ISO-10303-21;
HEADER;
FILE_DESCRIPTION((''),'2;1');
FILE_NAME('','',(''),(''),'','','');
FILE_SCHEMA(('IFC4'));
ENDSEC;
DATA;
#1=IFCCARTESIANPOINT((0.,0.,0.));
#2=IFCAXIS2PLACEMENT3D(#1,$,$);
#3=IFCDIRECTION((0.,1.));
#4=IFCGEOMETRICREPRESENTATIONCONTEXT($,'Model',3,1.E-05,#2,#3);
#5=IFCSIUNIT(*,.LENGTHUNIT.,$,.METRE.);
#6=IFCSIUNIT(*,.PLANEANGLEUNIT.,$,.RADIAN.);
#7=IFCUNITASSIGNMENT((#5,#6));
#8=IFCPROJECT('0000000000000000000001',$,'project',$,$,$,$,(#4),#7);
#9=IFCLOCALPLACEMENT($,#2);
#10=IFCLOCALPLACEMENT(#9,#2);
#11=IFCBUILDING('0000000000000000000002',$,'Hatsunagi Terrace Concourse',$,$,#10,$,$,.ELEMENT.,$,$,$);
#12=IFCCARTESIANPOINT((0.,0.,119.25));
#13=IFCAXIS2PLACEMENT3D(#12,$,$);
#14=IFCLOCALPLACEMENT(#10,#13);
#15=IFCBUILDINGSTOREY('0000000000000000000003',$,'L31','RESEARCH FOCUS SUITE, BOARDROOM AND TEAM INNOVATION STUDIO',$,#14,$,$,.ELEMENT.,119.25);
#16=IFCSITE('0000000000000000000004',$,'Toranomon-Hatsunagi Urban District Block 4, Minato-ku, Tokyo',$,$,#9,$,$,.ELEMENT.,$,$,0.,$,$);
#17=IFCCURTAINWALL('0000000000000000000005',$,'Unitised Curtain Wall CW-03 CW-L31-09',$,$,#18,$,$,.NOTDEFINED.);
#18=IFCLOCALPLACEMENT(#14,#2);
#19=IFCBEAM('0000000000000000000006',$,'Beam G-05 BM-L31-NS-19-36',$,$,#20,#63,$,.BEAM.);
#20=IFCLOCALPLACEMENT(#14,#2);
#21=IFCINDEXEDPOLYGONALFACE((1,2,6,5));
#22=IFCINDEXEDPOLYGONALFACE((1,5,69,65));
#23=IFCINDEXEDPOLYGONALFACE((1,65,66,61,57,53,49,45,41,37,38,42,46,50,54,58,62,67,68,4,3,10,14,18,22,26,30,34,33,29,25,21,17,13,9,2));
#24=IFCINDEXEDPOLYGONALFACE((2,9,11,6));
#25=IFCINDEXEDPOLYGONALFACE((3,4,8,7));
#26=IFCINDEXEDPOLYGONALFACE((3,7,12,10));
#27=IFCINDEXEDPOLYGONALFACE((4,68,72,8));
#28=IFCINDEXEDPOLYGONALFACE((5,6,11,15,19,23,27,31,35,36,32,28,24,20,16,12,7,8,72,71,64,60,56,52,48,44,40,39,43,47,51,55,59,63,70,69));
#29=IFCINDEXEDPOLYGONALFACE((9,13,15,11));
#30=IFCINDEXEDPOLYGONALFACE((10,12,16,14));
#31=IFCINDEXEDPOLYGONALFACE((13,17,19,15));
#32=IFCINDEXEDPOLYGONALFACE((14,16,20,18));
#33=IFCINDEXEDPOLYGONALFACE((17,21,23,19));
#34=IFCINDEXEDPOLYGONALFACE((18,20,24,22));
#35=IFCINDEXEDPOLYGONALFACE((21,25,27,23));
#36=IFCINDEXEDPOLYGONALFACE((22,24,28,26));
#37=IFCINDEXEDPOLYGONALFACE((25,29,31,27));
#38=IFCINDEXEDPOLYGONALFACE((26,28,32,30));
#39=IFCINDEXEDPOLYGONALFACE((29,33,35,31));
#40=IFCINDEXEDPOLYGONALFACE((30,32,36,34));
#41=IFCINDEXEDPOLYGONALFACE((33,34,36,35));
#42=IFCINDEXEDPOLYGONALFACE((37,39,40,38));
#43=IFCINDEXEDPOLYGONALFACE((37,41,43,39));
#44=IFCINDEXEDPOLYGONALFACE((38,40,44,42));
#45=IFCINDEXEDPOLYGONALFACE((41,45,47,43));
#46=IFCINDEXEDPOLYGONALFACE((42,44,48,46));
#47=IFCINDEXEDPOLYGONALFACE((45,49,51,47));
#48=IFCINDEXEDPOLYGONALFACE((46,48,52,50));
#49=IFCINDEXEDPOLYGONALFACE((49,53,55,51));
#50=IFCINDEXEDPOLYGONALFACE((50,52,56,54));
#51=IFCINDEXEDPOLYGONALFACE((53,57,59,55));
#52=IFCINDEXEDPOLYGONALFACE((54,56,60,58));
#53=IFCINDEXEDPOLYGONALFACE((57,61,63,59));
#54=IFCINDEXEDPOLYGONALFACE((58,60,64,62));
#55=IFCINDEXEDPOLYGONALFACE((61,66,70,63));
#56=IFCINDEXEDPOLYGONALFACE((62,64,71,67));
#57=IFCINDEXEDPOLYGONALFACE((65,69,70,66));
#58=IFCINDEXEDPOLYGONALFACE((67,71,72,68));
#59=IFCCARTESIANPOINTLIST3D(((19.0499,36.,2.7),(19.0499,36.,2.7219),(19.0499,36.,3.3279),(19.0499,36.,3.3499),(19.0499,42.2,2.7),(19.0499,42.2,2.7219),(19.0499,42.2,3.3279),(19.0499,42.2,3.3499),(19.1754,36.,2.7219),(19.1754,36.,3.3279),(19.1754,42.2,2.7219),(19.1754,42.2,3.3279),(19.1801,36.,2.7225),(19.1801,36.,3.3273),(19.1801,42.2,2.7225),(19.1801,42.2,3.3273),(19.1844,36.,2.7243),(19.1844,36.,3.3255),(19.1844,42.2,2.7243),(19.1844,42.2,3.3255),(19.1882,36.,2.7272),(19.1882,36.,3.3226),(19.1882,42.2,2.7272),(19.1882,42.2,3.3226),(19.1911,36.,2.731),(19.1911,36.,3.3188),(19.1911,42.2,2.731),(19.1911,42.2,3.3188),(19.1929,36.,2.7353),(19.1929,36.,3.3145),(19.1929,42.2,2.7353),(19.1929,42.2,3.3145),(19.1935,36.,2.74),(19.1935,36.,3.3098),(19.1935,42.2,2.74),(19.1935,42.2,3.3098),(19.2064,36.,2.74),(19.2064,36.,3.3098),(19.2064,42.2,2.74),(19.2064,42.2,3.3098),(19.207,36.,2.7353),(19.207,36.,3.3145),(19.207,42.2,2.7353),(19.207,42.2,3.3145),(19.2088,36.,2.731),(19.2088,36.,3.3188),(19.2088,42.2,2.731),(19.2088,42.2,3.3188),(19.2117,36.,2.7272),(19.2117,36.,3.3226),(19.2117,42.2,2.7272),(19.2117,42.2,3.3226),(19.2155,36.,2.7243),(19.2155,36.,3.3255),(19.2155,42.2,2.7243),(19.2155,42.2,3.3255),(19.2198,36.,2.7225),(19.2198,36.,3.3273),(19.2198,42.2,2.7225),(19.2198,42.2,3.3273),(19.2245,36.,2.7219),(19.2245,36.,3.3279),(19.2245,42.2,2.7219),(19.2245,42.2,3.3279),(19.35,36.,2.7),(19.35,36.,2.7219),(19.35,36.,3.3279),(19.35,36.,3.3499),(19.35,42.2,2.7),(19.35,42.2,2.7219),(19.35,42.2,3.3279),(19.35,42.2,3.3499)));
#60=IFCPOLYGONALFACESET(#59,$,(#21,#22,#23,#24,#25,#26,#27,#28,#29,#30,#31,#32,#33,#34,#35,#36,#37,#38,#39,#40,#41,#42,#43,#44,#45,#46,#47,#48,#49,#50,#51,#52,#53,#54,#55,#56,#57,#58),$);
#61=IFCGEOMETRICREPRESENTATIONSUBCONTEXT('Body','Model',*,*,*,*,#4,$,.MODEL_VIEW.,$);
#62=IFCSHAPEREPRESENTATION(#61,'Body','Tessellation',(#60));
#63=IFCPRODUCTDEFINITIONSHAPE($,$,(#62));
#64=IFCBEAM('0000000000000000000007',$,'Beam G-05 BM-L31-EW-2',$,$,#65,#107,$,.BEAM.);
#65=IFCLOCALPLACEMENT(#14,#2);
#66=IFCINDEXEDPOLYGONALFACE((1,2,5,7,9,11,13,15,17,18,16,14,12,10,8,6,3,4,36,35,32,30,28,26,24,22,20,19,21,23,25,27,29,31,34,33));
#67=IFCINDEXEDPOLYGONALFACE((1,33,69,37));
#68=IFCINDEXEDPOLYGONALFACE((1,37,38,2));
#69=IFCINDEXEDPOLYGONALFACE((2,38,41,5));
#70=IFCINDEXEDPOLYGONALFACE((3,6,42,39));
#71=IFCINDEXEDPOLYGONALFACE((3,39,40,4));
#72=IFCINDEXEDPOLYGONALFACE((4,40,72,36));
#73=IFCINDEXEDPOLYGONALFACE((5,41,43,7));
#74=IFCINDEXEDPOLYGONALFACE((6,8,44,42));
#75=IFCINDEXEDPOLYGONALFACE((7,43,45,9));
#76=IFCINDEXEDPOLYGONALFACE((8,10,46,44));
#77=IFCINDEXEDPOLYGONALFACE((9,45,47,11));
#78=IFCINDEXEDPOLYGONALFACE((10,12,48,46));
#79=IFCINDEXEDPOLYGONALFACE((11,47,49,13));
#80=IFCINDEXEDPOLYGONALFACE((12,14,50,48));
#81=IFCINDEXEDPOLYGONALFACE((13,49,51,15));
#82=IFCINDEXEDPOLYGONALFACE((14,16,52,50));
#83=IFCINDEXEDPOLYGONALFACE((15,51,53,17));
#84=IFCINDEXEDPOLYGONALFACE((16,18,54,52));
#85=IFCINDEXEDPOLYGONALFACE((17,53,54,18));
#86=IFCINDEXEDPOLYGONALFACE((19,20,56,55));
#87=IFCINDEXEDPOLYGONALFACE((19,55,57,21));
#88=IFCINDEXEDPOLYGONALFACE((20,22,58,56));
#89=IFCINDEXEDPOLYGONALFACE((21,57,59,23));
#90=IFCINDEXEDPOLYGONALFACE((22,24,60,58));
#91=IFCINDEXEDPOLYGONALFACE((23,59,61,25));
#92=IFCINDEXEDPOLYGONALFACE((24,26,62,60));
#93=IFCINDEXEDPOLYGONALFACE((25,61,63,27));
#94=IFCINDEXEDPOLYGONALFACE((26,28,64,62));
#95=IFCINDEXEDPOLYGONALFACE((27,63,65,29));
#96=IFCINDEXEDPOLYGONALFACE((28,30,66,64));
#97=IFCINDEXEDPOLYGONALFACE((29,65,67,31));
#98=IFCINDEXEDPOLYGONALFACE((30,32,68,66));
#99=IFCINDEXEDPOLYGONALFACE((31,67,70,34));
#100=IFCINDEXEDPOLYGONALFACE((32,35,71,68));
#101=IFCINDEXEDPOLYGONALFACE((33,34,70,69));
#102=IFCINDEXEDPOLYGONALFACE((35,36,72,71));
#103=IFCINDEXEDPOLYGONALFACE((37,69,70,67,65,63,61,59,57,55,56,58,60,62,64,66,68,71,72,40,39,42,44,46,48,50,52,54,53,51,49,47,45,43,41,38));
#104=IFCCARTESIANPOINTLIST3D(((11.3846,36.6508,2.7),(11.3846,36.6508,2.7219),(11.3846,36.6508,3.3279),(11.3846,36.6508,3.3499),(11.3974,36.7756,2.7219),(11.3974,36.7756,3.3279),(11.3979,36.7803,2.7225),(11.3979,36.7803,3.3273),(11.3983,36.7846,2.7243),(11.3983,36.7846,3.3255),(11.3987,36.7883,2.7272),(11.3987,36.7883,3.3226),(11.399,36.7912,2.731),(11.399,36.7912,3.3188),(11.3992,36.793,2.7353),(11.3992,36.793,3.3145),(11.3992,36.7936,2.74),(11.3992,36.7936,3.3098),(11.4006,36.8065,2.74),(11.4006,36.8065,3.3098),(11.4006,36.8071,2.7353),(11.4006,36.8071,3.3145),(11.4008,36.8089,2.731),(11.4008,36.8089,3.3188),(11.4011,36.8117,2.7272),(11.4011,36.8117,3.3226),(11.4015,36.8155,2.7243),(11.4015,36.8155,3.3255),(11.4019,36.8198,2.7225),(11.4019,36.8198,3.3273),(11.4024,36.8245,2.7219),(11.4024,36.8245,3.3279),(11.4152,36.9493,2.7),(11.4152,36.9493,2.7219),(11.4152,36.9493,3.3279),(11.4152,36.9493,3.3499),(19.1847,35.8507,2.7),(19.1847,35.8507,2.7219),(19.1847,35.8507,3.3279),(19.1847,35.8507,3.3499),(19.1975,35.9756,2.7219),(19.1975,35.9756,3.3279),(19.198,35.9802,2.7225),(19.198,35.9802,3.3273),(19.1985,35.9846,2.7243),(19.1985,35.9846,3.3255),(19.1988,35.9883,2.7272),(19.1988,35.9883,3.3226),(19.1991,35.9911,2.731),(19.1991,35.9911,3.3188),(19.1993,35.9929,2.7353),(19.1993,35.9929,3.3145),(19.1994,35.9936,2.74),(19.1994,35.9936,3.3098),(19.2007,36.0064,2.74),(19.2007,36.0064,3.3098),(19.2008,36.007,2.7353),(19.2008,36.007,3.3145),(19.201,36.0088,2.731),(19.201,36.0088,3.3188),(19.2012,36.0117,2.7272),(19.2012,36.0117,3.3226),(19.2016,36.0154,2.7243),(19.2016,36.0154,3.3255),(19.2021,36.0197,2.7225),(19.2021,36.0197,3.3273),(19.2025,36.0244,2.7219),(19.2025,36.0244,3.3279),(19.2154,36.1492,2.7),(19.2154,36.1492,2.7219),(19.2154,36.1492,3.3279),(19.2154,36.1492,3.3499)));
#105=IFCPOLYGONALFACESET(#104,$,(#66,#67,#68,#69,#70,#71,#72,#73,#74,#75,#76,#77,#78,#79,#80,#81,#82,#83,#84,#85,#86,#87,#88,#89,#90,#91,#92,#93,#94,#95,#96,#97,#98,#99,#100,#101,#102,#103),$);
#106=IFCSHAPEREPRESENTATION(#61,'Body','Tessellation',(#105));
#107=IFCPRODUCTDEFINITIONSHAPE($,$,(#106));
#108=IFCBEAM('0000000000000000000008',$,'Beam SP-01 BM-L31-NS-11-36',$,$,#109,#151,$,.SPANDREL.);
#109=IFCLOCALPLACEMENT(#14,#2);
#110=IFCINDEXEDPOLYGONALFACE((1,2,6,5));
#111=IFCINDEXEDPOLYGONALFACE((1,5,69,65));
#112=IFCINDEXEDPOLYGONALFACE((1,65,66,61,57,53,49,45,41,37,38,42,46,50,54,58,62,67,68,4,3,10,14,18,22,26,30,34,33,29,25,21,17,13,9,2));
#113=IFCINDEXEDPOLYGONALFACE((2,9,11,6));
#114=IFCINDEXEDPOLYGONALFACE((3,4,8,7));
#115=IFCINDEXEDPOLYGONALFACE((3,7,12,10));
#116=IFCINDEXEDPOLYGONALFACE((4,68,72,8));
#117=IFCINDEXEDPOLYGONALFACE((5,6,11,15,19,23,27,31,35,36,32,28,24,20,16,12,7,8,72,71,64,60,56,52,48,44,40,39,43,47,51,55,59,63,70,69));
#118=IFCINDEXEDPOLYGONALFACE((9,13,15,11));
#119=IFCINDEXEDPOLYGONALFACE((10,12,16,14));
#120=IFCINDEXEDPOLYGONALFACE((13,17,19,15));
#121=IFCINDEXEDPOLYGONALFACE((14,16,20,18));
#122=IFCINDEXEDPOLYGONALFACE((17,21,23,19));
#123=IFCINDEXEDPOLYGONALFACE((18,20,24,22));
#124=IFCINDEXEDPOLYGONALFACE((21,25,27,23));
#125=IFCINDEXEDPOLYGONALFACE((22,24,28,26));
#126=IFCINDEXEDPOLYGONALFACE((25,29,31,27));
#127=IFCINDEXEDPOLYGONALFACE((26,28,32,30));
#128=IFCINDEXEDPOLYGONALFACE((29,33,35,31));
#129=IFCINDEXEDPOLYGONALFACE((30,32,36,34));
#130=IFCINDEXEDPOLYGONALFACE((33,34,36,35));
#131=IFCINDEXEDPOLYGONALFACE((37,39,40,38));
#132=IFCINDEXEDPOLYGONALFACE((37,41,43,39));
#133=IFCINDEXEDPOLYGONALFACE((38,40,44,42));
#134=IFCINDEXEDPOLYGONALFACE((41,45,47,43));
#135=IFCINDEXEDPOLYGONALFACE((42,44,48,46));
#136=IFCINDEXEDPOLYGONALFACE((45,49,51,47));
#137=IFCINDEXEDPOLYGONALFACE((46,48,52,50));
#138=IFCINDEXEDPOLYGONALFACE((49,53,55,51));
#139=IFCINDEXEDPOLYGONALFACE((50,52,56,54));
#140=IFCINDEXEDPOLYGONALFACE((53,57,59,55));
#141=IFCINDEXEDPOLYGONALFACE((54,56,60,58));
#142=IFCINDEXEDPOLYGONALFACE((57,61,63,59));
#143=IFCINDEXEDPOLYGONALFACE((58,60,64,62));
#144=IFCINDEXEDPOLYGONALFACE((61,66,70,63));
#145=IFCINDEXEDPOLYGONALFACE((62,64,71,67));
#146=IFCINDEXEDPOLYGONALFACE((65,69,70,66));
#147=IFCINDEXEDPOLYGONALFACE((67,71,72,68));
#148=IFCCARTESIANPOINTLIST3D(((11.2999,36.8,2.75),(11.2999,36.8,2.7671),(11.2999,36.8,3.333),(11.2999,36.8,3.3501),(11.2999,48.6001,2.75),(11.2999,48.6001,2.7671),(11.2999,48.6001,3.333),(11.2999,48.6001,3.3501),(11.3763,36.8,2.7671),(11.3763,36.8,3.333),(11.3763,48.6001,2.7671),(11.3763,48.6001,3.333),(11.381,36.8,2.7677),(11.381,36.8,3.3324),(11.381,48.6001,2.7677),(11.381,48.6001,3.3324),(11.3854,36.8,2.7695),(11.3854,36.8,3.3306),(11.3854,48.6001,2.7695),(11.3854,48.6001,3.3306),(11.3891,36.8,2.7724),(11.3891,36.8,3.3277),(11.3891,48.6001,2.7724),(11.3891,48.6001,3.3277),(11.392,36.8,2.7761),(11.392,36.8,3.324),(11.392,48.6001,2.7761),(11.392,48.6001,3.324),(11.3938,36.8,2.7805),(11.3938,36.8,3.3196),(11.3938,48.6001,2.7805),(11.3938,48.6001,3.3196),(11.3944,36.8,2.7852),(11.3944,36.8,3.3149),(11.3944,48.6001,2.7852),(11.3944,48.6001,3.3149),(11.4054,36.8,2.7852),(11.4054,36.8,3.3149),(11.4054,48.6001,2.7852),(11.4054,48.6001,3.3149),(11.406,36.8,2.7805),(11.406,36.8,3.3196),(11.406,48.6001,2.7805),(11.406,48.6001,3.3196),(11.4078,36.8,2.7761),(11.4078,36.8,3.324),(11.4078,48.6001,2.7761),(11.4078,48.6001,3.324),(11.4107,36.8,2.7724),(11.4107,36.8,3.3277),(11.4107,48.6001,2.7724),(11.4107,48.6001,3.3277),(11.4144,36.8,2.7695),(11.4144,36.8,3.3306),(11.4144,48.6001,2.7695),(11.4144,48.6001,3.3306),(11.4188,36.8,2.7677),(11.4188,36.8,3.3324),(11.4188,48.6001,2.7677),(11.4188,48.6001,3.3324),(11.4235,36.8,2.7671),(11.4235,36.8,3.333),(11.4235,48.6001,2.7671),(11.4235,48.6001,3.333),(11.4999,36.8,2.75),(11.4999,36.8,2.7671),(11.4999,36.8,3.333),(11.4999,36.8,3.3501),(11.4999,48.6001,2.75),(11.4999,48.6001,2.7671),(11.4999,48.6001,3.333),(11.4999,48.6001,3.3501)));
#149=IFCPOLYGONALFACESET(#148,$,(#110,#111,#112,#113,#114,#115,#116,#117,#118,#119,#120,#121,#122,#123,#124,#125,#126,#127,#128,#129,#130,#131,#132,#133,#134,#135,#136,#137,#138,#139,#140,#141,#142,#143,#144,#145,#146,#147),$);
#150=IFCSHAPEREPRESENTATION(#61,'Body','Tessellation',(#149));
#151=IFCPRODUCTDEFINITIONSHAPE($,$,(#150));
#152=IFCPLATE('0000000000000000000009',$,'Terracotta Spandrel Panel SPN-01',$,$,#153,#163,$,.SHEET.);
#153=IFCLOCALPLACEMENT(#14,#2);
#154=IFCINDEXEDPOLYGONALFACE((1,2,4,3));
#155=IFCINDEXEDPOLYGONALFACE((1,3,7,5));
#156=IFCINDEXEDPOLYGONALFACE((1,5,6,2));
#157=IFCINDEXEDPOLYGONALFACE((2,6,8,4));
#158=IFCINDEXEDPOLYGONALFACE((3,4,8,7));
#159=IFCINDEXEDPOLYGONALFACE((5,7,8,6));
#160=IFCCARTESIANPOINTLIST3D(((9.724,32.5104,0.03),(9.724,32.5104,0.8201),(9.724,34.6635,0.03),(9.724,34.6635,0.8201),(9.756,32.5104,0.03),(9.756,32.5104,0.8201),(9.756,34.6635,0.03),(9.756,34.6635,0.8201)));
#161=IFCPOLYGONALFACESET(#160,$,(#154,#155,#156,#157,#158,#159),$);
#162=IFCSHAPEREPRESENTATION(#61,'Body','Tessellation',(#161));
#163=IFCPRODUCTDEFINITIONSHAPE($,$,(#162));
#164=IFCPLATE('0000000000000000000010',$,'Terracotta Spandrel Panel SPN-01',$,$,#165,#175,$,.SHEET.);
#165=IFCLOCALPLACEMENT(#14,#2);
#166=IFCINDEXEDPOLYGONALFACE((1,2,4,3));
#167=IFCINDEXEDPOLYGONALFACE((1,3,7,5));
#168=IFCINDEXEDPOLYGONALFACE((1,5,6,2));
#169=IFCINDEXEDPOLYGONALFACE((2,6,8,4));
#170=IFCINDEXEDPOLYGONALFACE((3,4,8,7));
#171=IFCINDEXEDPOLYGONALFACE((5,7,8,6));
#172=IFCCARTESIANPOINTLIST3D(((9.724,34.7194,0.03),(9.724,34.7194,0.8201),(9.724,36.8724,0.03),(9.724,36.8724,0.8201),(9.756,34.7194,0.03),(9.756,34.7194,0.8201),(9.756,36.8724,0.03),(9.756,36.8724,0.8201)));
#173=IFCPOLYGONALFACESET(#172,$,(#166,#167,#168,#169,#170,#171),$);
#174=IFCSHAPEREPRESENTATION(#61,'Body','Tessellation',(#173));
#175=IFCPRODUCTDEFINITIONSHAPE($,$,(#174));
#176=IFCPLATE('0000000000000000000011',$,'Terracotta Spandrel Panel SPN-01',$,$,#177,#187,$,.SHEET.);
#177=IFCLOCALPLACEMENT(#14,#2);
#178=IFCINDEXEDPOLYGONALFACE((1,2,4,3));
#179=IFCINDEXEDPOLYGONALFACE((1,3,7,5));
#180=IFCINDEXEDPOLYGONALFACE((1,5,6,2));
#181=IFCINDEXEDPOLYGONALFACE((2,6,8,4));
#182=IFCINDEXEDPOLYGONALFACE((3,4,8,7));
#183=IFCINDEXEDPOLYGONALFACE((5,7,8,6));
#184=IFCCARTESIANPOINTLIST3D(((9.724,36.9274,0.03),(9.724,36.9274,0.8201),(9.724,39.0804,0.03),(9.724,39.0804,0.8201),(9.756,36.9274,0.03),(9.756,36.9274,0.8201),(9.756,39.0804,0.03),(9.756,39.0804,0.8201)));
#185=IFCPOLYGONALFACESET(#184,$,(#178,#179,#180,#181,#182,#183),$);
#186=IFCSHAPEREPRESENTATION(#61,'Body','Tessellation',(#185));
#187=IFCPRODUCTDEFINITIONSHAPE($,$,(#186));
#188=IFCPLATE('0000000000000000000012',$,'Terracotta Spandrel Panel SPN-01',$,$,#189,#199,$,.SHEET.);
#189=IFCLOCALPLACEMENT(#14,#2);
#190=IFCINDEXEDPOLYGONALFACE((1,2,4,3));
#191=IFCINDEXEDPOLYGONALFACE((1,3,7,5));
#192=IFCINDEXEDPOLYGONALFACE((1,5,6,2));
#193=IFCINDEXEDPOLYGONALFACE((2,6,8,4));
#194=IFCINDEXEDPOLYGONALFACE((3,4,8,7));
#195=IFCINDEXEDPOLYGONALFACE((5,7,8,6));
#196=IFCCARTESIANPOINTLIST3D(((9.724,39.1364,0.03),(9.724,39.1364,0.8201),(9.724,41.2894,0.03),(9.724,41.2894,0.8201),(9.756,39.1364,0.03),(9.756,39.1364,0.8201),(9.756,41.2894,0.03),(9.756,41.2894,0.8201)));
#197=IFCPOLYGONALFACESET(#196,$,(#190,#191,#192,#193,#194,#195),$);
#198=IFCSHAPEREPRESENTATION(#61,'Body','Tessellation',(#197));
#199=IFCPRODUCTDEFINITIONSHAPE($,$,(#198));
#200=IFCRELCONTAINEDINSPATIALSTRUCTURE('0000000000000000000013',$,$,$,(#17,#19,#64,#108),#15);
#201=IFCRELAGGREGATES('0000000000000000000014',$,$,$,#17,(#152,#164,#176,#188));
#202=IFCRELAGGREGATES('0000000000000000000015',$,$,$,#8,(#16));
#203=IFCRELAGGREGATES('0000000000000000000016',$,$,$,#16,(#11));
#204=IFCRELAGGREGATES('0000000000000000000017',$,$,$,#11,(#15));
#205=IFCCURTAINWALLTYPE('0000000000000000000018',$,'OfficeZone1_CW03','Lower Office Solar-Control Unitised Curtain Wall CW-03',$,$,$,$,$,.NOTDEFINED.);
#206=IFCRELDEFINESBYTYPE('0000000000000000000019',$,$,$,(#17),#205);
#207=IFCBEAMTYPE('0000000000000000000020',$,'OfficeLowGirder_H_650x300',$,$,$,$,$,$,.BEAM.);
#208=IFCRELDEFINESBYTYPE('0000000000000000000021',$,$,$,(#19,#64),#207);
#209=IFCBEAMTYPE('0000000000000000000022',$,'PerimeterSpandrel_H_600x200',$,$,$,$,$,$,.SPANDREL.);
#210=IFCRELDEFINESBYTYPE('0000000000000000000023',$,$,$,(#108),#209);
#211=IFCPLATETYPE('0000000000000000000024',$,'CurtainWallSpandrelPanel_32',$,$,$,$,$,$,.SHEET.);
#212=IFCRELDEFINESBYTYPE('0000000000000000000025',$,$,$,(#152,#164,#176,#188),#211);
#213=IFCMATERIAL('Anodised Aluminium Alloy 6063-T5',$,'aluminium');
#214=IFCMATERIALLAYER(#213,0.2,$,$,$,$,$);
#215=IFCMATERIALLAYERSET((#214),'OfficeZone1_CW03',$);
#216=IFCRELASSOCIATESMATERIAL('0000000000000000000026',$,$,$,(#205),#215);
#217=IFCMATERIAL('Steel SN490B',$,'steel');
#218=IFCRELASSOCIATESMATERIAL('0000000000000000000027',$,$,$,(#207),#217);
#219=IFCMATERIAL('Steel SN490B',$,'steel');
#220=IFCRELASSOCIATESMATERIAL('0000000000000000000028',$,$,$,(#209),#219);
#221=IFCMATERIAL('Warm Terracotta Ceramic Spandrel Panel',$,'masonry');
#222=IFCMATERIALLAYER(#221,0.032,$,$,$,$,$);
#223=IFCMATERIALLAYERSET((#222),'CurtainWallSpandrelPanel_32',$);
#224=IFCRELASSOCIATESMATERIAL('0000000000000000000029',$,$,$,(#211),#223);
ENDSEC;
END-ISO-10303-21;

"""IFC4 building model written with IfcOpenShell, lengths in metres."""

from ifc_helpers import new_model, si_unit, direction, frame, origin, origin_2d, place, context, subcontext, project, spatial, rectangle, i_section, extrude, material, layer, layer_set, material_profile, profile_set, type_object, element, aggregate, save


model = new_model("IFC4")

# Units and contexts
model_context = context("Model", 3, precision=1e-05, world=origin(), true_north=direction((0.0, 1.0)))
body_context = subcontext(model_context, "Body", "Model", "MODEL_VIEW")
ifc_project = project(units=[si_unit("LENGTHUNIT", "METRE"), si_unit("PLANEANGLEUNIT", "RADIAN")], contexts=[model_context])

# Site, building, storey
site_placement = place(None, origin())
site = spatial("IfcSite", under=ifc_project, at=site_placement, Name="Toranomon-Hatsunagi Urban District Block 4, Minato-ku, Tokyo", CompositionType="ELEMENT", RefElevation=0.0)
building_placement = place(site_placement, origin())
building = spatial("IfcBuilding", under=site, at=building_placement, Name="Hatsunagi Terrace Concourse", CompositionType="ELEMENT")
storey_placement = place(building_placement, frame((0.0, 0.0, 119.25)))
storey = spatial("IfcBuildingStorey", under=building, at=storey_placement, Name="L31", Description="RESEARCH FOCUS SUITE, BOARDROOM AND TEAM INNOVATION STUDIO", CompositionType="ELEMENT", Elevation=119.25)

# Curtain wall
ifc_material_1 = material(Name="Anodised Aluminium Alloy 6063-T5", Category="aluminium")
ifc_layer_1 = layer(ifc_material_1, 0.2)
ifc_layer_set_1 = layer_set([ifc_layer_1], Name="OfficeZone1_CW03")
curtain_wall_type = type_object("IfcCurtainWallType", Name="OfficeZone1_CW03", Description="Lower Office Solar-Control Unitised Curtain Wall CW-03", PredefinedType="NOTDEFINED", material=ifc_layer_set_1)
curtain_wall_placement = place(storey_placement, origin())
curtain_wall = element("IfcCurtainWall", 1, at=curtain_wall_placement, inside=storey, type_object=curtain_wall_type, Name="Unitised Curtain Wall CW-03 CW-L31-09", PredefinedType="NOTDEFINED")

# Beams
ifc_material_2 = material(Name="Steel SN490B", Category="steel")
ifc_material_profile_1 = material_profile(ifc_material_2, i_section(OverallWidth=0.3, OverallDepth=0.6499, WebThickness=0.0129, FlangeThickness=0.022, FilletRadius=0.0181, at=origin_2d()), Name="H-650x300x13x22")
ifc_profile_set_1 = profile_set([ifc_material_profile_1], Name="Steel SN490B")
beam_type_1 = type_object("IfcBeamType", Name="OfficeLowGirder_H_650x300", PredefinedType="BEAM", material=ifc_profile_set_1)
beam_1_placement = place(storey_placement, frame((19.2, 36.0, 3.0249), z_axis=(0.0, 1.0, 0.0), x_axis=(-1.0, 0.0, 0.0)))
element("IfcBeam", 2, at=beam_1_placement, inside=storey, type_object=beam_type_1, Name="Beam G-05 BM-L31-NS-19-36", PredefinedType="BEAM", context=body_context, shape_type="SweptSolid", body=[
    extrude(i_section(OverallWidth=0.3, OverallDepth=0.6499, WebThickness=0.0129, FlangeThickness=0.022, FilletRadius=0.0181, at=origin_2d()), origin(), (0.0, 0.0, 1.0), 6.2),
])
beam_2_placement = place(storey_placement, frame((11.3999, 36.8, 3.0249), z_axis=(0.994781, -0.102034, 0.0), x_axis=(0.102034, 0.994781, 0.0)))
element("IfcBeam", 3, at=beam_2_placement, inside=storey, type_object=beam_type_1, Name="Beam G-05 BM-L31-EW-2", PredefinedType="BEAM", context=body_context, shape_type="SweptSolid", body=[
    extrude(i_section(OverallWidth=0.3, OverallDepth=0.6499, WebThickness=0.0129, FlangeThickness=0.022, FilletRadius=0.0181, at=origin_2d()), origin(), (0.0, 0.0, 1.0), 7.8411),
])
ifc_material_3 = material(Name="Steel SN490B", Category="steel")
ifc_material_profile_2 = material_profile(ifc_material_3, i_section(OverallWidth=0.2, OverallDepth=0.6001, WebThickness=0.011, FlangeThickness=0.0171, FilletRadius=0.0181, at=origin_2d()), Name="H-600x200x11x17")
ifc_profile_set_2 = profile_set([ifc_material_profile_2], Name="Steel SN490B")
beam_type_2 = type_object("IfcBeamType", Name="PerimeterSpandrel_H_600x200", PredefinedType="SPANDREL", material=ifc_profile_set_2)
beam_3_placement = place(storey_placement, frame((11.3999, 36.8, 3.05), z_axis=(0.0, 1.0, 0.0), x_axis=(-1.0, 0.0, 0.0)))
element("IfcBeam", 4, at=beam_3_placement, inside=storey, type_object=beam_type_2, Name="Beam SP-01 BM-L31-NS-11-36", PredefinedType="SPANDREL", context=body_context, shape_type="SweptSolid", body=[
    extrude(i_section(OverallWidth=0.2, OverallDepth=0.6001, WebThickness=0.011, FlangeThickness=0.0171, FilletRadius=0.0181, at=origin_2d()), origin(), (0.0, 0.0, 1.0), 11.8),
])

# Plates
ifc_material_4 = material(Name="Warm Terracotta Ceramic Spandrel Panel", Category="masonry")
ifc_layer_2 = layer(ifc_material_4, 0.032)
ifc_layer_set_2 = layer_set([ifc_layer_2], Name="CurtainWallSpandrelPanel_32")
plate_type_1 = type_object("IfcPlateType", Name="CurtainWallSpandrelPanel_32", PredefinedType="SHEET", material=ifc_layer_set_2)
plate_1_placement = place(storey_placement, frame((9.74, 33.5869, 0.03), z_axis=(0.0, 0.0, 1.0), x_axis=(0.0, 1.0, 0.0)))
plate_1 = element("IfcPlate", 5, at=plate_1_placement, type_object=plate_type_1, Name="Terracotta Spandrel Panel SPN-01", PredefinedType="SHEET", context=body_context, shape_type="SweptSolid", body=[
    extrude(rectangle(XDim=2.1531, YDim=0.032, at=origin_2d()), origin(), (0.0, 0.0, 1.0), 0.79),
])
plate_2_placement = place(storey_placement, frame((9.74, 35.7959, 0.03), z_axis=(0.0, 0.0, 1.0), x_axis=(0.0, 1.0, 0.0)))
plate_2 = element("IfcPlate", 6, at=plate_2_placement, type_object=plate_type_1, Name="Terracotta Spandrel Panel SPN-01", PredefinedType="SHEET", context=body_context, shape_type="SweptSolid", body=[
    extrude(rectangle(XDim=2.1531, YDim=0.032, at=origin_2d()), origin(), (0.0, 0.0, 1.0), 0.79),
])
plate_3_placement = place(storey_placement, frame((9.74, 38.0039, 0.03), z_axis=(0.0, 0.0, 1.0), x_axis=(0.0, 1.0, 0.0)))
plate_3 = element("IfcPlate", 7, at=plate_3_placement, type_object=plate_type_1, Name="Terracotta Spandrel Panel SPN-01", PredefinedType="SHEET", context=body_context, shape_type="SweptSolid", body=[
    extrude(rectangle(XDim=2.1531, YDim=0.032, at=origin_2d()), origin(), (0.0, 0.0, 1.0), 0.79),
])
plate_4_placement = place(storey_placement, frame((9.74, 40.2129, 0.03), z_axis=(0.0, 0.0, 1.0), x_axis=(0.0, 1.0, 0.0)))
plate_4 = element("IfcPlate", 8, at=plate_4_placement, type_object=plate_type_1, Name="Terracotta Spandrel Panel SPN-01", PredefinedType="SHEET", context=body_context, shape_type="SweptSolid", body=[
    extrude(rectangle(XDim=2.1531, YDim=0.032, at=origin_2d()), origin(), (0.0, 0.0, 1.0), 0.79),
])
aggregate(curtain_wall, [plate_1, plate_2, plate_3, plate_4])

save(model, "model.ifc")
